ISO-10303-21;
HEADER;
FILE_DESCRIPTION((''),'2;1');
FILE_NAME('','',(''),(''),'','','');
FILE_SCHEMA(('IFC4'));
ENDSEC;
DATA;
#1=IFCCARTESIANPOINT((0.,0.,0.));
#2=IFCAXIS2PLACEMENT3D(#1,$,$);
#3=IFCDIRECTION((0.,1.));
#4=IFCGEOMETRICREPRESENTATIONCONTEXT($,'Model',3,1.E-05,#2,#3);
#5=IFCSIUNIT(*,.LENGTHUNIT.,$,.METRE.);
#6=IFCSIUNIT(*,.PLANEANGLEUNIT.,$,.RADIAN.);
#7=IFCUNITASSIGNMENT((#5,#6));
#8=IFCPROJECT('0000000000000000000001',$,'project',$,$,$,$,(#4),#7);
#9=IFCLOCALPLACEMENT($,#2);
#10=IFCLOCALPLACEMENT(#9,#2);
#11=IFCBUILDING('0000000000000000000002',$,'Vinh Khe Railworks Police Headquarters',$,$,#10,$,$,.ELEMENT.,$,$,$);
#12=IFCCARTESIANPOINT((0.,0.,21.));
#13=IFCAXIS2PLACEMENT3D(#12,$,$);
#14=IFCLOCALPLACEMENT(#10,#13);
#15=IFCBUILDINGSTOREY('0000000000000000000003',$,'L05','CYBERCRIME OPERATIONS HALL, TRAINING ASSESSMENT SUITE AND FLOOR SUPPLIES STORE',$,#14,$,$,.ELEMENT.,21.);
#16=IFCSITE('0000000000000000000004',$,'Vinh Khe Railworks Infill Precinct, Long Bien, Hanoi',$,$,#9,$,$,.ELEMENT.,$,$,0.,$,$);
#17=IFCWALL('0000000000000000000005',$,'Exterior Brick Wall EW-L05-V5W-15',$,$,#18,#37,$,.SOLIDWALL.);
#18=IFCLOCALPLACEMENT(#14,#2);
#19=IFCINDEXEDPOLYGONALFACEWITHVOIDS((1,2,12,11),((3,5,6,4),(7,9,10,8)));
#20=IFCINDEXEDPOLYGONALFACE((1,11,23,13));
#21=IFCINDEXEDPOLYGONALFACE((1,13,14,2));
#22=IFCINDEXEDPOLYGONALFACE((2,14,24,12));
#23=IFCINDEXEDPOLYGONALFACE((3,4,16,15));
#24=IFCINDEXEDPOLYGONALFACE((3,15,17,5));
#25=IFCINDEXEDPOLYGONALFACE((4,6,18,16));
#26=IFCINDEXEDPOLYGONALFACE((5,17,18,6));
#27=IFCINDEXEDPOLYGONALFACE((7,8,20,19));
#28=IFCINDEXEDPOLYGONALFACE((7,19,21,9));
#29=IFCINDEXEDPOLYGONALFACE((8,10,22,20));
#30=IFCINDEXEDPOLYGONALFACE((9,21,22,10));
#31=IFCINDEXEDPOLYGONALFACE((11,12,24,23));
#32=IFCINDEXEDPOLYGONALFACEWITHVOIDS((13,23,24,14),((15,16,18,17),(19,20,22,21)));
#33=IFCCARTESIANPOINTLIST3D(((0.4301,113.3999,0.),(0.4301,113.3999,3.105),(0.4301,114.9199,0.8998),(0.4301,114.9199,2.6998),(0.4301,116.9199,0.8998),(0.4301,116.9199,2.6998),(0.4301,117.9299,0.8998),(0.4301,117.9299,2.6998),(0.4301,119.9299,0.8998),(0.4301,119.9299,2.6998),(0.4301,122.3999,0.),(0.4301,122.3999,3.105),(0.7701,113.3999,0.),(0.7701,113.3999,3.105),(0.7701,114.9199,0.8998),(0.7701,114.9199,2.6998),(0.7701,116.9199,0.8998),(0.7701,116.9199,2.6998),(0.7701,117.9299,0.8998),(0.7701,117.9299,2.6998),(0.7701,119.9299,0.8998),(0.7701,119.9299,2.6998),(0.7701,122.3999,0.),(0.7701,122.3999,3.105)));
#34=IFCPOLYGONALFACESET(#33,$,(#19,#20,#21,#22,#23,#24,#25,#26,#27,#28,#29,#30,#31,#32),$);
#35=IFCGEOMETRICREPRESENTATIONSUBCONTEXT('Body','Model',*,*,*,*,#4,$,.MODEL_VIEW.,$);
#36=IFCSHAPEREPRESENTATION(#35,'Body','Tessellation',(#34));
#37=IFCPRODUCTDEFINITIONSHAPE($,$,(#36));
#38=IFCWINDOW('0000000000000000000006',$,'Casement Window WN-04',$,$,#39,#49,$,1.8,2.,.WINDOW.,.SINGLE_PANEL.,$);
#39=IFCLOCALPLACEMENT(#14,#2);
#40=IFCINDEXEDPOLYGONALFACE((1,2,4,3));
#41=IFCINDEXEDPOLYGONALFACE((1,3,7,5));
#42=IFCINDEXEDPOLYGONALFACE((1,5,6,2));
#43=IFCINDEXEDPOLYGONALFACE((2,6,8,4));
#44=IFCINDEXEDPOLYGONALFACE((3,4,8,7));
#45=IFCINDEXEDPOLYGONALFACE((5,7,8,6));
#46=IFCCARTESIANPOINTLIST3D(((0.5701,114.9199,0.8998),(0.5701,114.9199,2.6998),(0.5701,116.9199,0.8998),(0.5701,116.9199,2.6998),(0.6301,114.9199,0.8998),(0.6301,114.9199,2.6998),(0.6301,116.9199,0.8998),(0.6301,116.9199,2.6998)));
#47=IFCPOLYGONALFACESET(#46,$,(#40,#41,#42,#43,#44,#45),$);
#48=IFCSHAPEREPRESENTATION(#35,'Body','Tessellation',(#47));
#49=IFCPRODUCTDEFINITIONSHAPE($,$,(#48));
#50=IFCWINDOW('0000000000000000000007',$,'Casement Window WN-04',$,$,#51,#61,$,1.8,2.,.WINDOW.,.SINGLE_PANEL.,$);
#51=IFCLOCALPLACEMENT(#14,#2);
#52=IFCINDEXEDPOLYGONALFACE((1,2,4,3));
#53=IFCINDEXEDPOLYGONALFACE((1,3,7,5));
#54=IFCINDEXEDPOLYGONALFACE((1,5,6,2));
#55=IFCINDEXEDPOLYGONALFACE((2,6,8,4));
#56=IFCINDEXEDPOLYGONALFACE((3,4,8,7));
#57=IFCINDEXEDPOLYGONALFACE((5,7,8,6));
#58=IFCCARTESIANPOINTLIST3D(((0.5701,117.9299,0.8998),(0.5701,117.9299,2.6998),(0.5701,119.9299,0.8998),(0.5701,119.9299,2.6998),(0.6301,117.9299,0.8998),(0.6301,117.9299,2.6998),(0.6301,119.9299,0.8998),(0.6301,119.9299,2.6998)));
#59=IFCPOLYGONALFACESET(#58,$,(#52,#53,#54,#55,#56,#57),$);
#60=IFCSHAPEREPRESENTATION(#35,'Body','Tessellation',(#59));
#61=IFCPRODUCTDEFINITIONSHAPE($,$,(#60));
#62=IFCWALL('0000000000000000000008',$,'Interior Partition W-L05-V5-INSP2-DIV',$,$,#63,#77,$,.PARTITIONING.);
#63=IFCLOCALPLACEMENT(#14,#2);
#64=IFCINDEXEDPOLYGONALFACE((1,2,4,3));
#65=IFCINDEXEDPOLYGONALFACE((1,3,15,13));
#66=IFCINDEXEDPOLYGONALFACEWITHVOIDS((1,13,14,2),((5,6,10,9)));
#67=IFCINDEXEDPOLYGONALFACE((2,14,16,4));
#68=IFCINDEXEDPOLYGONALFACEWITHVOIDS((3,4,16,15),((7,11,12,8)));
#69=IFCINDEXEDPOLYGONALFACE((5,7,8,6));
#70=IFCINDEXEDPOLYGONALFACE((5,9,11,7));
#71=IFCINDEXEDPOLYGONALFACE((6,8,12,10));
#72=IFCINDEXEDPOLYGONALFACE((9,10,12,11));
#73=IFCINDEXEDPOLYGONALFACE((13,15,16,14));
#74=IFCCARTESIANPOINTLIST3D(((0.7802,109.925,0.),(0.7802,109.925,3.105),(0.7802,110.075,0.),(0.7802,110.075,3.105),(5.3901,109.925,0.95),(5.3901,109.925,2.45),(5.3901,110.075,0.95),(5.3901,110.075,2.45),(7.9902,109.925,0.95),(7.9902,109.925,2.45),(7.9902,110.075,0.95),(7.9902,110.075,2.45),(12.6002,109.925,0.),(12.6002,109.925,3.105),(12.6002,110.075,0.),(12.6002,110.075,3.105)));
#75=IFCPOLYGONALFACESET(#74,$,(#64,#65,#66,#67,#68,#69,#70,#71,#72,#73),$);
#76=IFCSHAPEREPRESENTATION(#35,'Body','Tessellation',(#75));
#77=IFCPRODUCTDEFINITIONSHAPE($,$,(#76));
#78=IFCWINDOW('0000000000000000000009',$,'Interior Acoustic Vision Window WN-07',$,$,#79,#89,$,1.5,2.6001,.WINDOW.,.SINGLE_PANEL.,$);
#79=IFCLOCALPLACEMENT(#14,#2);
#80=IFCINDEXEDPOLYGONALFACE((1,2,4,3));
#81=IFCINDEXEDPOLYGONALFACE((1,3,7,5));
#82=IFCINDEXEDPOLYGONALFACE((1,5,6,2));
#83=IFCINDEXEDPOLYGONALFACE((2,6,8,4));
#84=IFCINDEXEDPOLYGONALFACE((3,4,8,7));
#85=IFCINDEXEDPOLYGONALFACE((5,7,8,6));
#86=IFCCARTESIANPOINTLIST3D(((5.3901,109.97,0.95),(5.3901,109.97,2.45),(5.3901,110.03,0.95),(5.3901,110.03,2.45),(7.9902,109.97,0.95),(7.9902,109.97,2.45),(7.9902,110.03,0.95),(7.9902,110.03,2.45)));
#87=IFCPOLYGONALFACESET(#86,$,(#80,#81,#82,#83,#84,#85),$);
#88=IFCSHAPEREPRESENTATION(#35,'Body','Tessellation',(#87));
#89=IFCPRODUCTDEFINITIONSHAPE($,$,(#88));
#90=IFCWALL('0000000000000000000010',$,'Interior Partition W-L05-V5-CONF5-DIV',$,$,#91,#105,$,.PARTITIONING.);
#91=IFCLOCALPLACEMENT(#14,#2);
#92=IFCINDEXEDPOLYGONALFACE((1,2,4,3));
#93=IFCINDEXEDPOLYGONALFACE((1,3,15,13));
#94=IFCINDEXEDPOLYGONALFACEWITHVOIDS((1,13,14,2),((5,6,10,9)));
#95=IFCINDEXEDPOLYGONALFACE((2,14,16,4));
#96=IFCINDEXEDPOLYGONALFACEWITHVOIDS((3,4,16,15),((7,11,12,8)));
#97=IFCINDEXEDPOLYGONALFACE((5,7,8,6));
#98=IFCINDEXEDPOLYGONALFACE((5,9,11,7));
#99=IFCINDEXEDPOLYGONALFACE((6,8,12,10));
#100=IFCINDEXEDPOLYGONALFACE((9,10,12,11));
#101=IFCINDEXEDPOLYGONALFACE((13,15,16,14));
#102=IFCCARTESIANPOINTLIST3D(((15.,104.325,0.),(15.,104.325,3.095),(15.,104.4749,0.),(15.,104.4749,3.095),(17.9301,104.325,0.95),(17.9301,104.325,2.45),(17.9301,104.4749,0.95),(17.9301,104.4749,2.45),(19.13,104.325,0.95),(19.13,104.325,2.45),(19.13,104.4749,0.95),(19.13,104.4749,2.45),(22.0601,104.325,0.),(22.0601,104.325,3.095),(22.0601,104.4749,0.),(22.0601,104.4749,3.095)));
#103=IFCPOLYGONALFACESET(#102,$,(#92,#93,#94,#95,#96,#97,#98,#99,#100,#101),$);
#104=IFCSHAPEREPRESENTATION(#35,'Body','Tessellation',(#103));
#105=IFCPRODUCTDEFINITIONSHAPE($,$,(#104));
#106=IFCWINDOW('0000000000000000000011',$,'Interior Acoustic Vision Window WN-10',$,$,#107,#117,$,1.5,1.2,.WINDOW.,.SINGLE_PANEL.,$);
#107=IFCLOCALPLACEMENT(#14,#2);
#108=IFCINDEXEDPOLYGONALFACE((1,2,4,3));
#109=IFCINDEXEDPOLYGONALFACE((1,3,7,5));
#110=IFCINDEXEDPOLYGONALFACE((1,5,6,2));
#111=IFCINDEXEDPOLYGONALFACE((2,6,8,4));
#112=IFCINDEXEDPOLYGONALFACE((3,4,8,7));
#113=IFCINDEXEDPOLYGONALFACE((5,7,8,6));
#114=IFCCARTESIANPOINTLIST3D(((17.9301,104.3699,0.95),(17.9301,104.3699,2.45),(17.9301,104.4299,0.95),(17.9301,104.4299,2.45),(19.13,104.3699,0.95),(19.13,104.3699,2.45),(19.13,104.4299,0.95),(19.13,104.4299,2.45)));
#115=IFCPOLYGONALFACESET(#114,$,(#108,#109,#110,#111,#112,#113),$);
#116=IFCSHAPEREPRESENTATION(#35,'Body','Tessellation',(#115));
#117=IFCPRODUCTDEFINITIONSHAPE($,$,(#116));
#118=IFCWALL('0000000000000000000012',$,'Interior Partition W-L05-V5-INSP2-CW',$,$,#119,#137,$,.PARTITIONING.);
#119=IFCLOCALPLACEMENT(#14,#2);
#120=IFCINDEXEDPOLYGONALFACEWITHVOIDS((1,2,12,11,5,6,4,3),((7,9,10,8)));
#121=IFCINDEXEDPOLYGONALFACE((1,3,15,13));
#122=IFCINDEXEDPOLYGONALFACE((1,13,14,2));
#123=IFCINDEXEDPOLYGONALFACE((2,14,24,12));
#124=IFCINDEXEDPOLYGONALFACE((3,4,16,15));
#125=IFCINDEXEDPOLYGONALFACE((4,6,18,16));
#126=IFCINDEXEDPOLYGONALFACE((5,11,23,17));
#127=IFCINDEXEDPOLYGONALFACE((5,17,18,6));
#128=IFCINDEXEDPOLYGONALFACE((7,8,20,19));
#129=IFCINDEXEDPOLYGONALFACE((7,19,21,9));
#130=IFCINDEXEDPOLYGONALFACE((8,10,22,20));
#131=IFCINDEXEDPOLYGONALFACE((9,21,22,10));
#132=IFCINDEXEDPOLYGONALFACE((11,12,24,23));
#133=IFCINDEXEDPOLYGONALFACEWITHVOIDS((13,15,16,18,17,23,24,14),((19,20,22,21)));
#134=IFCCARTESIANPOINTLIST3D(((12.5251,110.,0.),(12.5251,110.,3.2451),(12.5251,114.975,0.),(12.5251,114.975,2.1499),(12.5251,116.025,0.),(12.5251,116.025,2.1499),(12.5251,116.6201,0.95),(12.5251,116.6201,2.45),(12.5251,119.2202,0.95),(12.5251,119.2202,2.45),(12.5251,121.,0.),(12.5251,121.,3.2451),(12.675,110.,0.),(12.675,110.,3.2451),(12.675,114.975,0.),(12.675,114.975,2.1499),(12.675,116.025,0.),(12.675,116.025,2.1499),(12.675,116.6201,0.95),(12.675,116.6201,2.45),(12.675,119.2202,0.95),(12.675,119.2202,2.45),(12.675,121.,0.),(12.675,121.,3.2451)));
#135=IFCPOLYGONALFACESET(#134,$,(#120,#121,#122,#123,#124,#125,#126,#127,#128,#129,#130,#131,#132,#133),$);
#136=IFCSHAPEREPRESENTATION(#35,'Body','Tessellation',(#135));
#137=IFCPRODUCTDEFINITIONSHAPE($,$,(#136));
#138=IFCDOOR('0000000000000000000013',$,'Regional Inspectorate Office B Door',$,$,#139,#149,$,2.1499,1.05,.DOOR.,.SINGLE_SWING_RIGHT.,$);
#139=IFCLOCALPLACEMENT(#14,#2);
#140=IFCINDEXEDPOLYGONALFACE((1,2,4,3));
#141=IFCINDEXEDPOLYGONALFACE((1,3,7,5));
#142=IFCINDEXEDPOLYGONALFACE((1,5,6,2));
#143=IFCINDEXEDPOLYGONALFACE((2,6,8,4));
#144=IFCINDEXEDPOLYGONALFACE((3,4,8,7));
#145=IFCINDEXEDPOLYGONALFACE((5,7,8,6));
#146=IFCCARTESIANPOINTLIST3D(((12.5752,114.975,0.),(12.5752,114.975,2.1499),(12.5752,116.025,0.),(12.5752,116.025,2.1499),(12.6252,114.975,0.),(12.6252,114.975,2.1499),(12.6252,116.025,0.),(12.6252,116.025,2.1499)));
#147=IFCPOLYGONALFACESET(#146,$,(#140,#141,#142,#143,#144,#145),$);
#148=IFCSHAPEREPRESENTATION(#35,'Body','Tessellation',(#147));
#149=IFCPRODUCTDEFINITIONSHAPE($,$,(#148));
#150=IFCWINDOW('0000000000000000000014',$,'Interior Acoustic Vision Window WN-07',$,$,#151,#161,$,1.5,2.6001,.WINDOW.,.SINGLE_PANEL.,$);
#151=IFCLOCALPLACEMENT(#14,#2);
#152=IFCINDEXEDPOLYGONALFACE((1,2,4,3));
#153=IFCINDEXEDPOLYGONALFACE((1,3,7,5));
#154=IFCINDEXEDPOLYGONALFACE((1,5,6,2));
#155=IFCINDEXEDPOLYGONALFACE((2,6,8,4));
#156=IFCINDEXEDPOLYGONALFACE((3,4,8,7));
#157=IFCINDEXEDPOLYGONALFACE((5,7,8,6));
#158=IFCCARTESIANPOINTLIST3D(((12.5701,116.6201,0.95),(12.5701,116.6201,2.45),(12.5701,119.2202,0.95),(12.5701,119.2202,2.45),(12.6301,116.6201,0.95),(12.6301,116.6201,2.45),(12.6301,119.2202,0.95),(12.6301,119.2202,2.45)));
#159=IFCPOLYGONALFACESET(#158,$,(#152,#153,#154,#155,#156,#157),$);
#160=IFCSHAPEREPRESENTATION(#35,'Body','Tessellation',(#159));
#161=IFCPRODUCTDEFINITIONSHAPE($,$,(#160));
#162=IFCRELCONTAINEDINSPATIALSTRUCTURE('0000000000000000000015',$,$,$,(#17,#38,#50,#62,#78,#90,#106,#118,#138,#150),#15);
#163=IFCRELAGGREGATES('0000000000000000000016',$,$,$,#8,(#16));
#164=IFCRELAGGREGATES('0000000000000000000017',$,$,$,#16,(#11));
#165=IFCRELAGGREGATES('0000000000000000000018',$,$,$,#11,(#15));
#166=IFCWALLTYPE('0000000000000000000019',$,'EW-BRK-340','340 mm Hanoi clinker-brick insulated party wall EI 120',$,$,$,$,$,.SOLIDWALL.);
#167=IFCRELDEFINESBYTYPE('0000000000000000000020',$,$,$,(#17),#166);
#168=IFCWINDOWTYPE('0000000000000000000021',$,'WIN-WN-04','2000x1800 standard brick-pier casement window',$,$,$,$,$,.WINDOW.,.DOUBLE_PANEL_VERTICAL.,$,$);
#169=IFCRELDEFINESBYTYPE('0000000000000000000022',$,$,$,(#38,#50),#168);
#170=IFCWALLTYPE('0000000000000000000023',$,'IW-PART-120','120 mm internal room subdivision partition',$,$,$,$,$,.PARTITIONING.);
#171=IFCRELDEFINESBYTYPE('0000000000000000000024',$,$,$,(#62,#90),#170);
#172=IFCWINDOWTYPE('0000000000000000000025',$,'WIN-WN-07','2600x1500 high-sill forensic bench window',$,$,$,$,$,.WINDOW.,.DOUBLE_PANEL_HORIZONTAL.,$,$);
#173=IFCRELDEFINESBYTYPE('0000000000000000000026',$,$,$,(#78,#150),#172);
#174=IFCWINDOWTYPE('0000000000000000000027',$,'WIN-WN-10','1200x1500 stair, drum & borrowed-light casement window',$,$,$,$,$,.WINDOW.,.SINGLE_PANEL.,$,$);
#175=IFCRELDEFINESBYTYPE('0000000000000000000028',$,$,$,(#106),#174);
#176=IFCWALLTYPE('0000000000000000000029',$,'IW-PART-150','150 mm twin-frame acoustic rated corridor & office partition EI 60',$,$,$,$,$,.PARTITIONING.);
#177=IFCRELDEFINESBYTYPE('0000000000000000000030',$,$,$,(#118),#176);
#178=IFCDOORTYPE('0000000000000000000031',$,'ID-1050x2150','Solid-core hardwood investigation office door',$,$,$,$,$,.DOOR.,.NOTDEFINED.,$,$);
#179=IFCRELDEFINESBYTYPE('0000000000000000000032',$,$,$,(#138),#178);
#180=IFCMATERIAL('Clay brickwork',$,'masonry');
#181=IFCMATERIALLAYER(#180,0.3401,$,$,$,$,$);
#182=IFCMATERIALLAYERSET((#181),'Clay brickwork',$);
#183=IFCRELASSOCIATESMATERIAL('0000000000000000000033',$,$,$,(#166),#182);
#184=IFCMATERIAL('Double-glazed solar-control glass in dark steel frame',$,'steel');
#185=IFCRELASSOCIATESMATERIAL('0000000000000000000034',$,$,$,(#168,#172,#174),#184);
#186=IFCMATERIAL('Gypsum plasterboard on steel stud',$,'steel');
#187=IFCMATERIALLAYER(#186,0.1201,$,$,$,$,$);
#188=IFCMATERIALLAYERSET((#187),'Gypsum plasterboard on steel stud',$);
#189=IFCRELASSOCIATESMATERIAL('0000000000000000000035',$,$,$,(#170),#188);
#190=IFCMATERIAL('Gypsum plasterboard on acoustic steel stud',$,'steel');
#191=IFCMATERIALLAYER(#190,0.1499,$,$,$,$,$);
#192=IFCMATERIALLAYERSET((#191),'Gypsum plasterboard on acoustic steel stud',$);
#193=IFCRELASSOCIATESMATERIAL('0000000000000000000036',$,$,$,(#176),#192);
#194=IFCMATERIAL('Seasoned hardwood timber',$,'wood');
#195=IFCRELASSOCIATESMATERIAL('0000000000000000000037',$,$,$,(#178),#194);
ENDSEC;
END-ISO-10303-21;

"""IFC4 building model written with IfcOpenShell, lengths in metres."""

from ifc_helpers import new_model, si_unit, direction, frame, frame_2d, origin, place, context, subcontext, project, spatial, rectangle, extrude, material, layer, layer_set, type_object, element, fill, save


model = new_model("IFC4")

# Units and contexts
model_context = context("Model", 3, precision=1e-05, world=origin(), true_north=direction((0.0, 1.0)))
body_context = subcontext(model_context, "Body", "Model", "MODEL_VIEW")
ifc_project = project(units=[si_unit("LENGTHUNIT", "METRE"), si_unit("PLANEANGLEUNIT", "RADIAN")], contexts=[model_context])

# Site, building, storey
site_placement = place(None, origin())
site = spatial("IfcSite", under=ifc_project, at=site_placement, Name="Vinh Khe Railworks Infill Precinct, Long Bien, Hanoi", CompositionType="ELEMENT", RefElevation=0.0)
building_placement = place(site_placement, origin())
building = spatial("IfcBuilding", under=site, at=building_placement, Name="Vinh Khe Railworks Police Headquarters", CompositionType="ELEMENT")
storey_placement = place(building_placement, frame((0.0, 0.0, 21.0)))
storey = spatial("IfcBuildingStorey", under=building, at=storey_placement, Name="L05", Description="CYBERCRIME OPERATIONS HALL, TRAINING ASSESSMENT SUITE AND FLOOR SUPPLIES STORE", CompositionType="ELEMENT", Elevation=21.0)

# Wall, openings, windows
ifc_material_1 = material(Name="Clay brickwork", Category="masonry")
ifc_layer_1 = layer(ifc_material_1, 0.3401)
ifc_layer_set_1 = layer_set([ifc_layer_1], Name="Clay brickwork")
wall_type_1 = type_object("IfcWallType", Name="EW-BRK-340", Description="340 mm Hanoi clinker-brick insulated party wall EI 120", PredefinedType="SOLIDWALL", material=ifc_layer_set_1)
wall_1_placement = place(storey_placement, frame((0.6001, 113.3999, 0.0), z_axis=(0.0, 0.0, 1.0), x_axis=(0.0, 1.0, 0.0)))
wall_1 = element("IfcWall", 1, at=wall_1_placement, inside=storey, type_object=wall_type_1, Name="Exterior Brick Wall EW-L05-V5W-15", PredefinedType="SOLIDWALL", context=body_context, shape_type="SweptSolid", body=[
    extrude(rectangle(XDim=9.0, YDim=0.3401, at=frame_2d((4.5, 0.0))), origin(), (0.0, 0.0, 1.0), 3.105),
])
opening_1_placement = place(wall_1_placement, frame((1.52, 0.0, 0.8999)))
opening_1 = element("IfcOpeningElement", 2, at=opening_1_placement, cuts=wall_1, PredefinedType="OPENING", context=body_context, shape_type="SweptSolid", body=[
    extrude(rectangle(XDim=2.0, YDim=1.8, at=frame_2d((1.0, 0.8999))), frame((0.0, 0.1851, 0.0), z_axis=(0.0, -1.0, 0.0), x_axis=(1.0, 0.0, 0.0)), (0.0, 0.0, 1.0), 0.3699),
])
opening_2_placement = place(wall_1_placement, frame((4.53, 0.0, 0.8999)))
opening_2 = element("IfcOpeningElement", 3, at=opening_2_placement, cuts=wall_1, PredefinedType="OPENING", context=body_context, shape_type="SweptSolid", body=[
    extrude(rectangle(XDim=2.0, YDim=1.8, at=frame_2d((1.0, 0.8999))), frame((0.0, 0.1851, 0.0), z_axis=(0.0, -1.0, 0.0), x_axis=(1.0, 0.0, 0.0)), (0.0, 0.0, 1.0), 0.3699),
])
ifc_material_2 = material(Name="Double-glazed solar-control glass in dark steel frame", Category="steel")
window_type_1 = type_object("IfcWindowType", Name="WIN-WN-04", Description="2000x1800 standard brick-pier casement window", PartitioningType="DOUBLE_PANEL_VERTICAL", PredefinedType="WINDOW", material=ifc_material_2)
window_1_placement = place(opening_1_placement, origin())
window_1 = element("IfcWindow", 4, at=window_1_placement, inside=storey, type_object=window_type_1, Name="Casement Window WN-04", OverallHeight=1.8, OverallWidth=2.0, PartitioningType="SINGLE_PANEL", PredefinedType="WINDOW", context=body_context, shape_type="SweptSolid", body=[
    extrude(rectangle(XDim=2.0, YDim=1.8, at=frame_2d((1.0, 0.8999))), frame((0.0, 0.03, 0.0), z_axis=(0.0, -1.0, 0.0), x_axis=(1.0, 0.0, 0.0)), (0.0, 0.0, 1.0), 0.0601),
])
fill(opening_1, window_1)
window_2_placement = place(opening_2_placement, origin())
window_2 = element("IfcWindow", 5, at=window_2_placement, inside=storey, type_object=window_type_1, Name="Casement Window WN-04", OverallHeight=1.8, OverallWidth=2.0, PartitioningType="SINGLE_PANEL", PredefinedType="WINDOW", context=body_context, shape_type="SweptSolid", body=[
    extrude(rectangle(XDim=2.0, YDim=1.8, at=frame_2d((1.0, 0.8999))), frame((0.0, 0.03, 0.0), z_axis=(0.0, -1.0, 0.0), x_axis=(1.0, 0.0, 0.0)), (0.0, 0.0, 1.0), 0.0601),
])
fill(opening_2, window_2)

# Walls, openings, windows
ifc_material_3 = material(Name="Gypsum plasterboard on steel stud", Category="steel")
ifc_layer_2 = layer(ifc_material_3, 0.1201)
ifc_layer_set_2 = layer_set([ifc_layer_2], Name="Gypsum plasterboard on steel stud")
wall_type_2 = type_object("IfcWallType", Name="IW-PART-120", Description="120 mm internal room subdivision partition", PredefinedType="PARTITIONING", material=ifc_layer_set_2)
wall_2_placement = place(storey_placement, frame((0.78, 110.0, 0.0), z_axis=(0.0, 0.0, 1.0), x_axis=(1.0, 0.0, 0.0)))
wall_2 = element("IfcWall", 6, at=wall_2_placement, inside=storey, type_object=wall_type_2, Name="Interior Partition W-L05-V5-INSP2-DIV", PredefinedType="PARTITIONING", context=body_context, shape_type="SweptSolid", body=[
    extrude(rectangle(XDim=11.8201, YDim=0.1499, at=frame_2d((5.9102, 0.0))), origin(), (0.0, 0.0, 1.0), 3.105),
])
opening_3_placement = place(wall_2_placement, frame((4.6101, 0.0, 0.95)))
opening_3 = element("IfcOpeningElement", 7, at=opening_3_placement, cuts=wall_2, PredefinedType="OPENING", context=body_context, shape_type="SweptSolid", body=[
    extrude(rectangle(XDim=2.6001, YDim=1.5, at=frame_2d((1.3, 0.75))), frame((0.0, 0.0898, 0.0), z_axis=(0.0, -1.0, 0.0), x_axis=(1.0, 0.0, 0.0)), (0.0, 0.0, 1.0), 0.1797),
])
window_type_2 = type_object("IfcWindowType", Name="WIN-WN-07", Description="2600x1500 high-sill forensic bench window", PartitioningType="DOUBLE_PANEL_HORIZONTAL", PredefinedType="WINDOW", material=ifc_material_2)
window_3_placement = place(opening_3_placement, origin())
window_3 = element("IfcWindow", 8, at=window_3_placement, inside=storey, type_object=window_type_2, Name="Interior Acoustic Vision Window WN-07", OverallHeight=1.5, OverallWidth=2.6001, PartitioningType="SINGLE_PANEL", PredefinedType="WINDOW", context=body_context, shape_type="SweptSolid", body=[
    extrude(rectangle(XDim=2.6001, YDim=1.5, at=frame_2d((1.3, 0.75))), frame((0.0, 0.03, 0.0), z_axis=(0.0, -1.0, 0.0), x_axis=(1.0, 0.0, 0.0)), (0.0, 0.0, 1.0), 0.0601),
])
fill(opening_3, window_3)
wall_3_placement = place(storey_placement, frame((15.0, 104.3999, 0.0), z_axis=(0.0, 0.0, 1.0), x_axis=(1.0, 0.0, 0.0)))
wall_3 = element("IfcWall", 9, at=wall_3_placement, inside=storey, type_object=wall_type_2, Name="Interior Partition W-L05-V5-CONF5-DIV", PredefinedType="PARTITIONING", context=body_context, shape_type="SweptSolid", body=[
    extrude(rectangle(XDim=7.0601, YDim=0.1499, at=frame_2d((3.53, 0.0))), origin(), (0.0, 0.0, 1.0), 3.095),
])
opening_4_placement = place(wall_3_placement, frame((2.9299, 0.0, 0.95)))
opening_4 = element("IfcOpeningElement", 10, at=opening_4_placement, cuts=wall_3, PredefinedType="OPENING", context=body_context, shape_type="SweptSolid", body=[
    extrude(rectangle(XDim=1.2, YDim=1.5, at=frame_2d((0.6001, 0.75))), frame((0.0, 0.0898, 0.0), z_axis=(0.0, -1.0, 0.0), x_axis=(1.0, 0.0, 0.0)), (0.0, 0.0, 1.0), 0.1797),
])
window_type_3 = type_object("IfcWindowType", Name="WIN-WN-10", Description="1200x1500 stair, drum & borrowed-light casement window", PartitioningType="SINGLE_PANEL", PredefinedType="WINDOW", material=ifc_material_2)
window_4_placement = place(opening_4_placement, origin())
window_4 = element("IfcWindow", 11, at=window_4_placement, inside=storey, type_object=window_type_3, Name="Interior Acoustic Vision Window WN-10", OverallHeight=1.5, OverallWidth=1.2, PartitioningType="SINGLE_PANEL", PredefinedType="WINDOW", context=body_context, shape_type="SweptSolid", body=[
    extrude(rectangle(XDim=1.2, YDim=1.5, at=frame_2d((0.6001, 0.75))), frame((0.0, 0.03, 0.0), z_axis=(0.0, -1.0, 0.0), x_axis=(1.0, 0.0, 0.0)), (0.0, 0.0, 1.0), 0.0601),
])
fill(opening_4, window_4)

# Wall, openings, door, window
ifc_material_4 = material(Name="Gypsum plasterboard on acoustic steel stud", Category="steel")
ifc_layer_3 = layer(ifc_material_4, 0.1499)
ifc_layer_set_3 = layer_set([ifc_layer_3], Name="Gypsum plasterboard on acoustic steel stud")
wall_type_3 = type_object("IfcWallType", Name="IW-PART-150", Description="150 mm twin-frame acoustic rated corridor & office partition EI 60", PredefinedType="PARTITIONING", material=ifc_layer_set_3)
wall_4_placement = place(storey_placement, frame((12.6001, 110.0, 0.0), z_axis=(0.0, 0.0, 1.0), x_axis=(0.0, 1.0, 0.0)))
wall_4 = element("IfcWall", 12, at=wall_4_placement, inside=storey, type_object=wall_type_3, Name="Interior Partition W-L05-V5-INSP2-CW", PredefinedType="PARTITIONING", context=body_context, shape_type="SweptSolid", body=[
    extrude(rectangle(XDim=11.0, YDim=0.1499, at=frame_2d((5.5, 0.0))), origin(), (0.0, 0.0, 1.0), 3.2451),
])
opening_5_placement = place(wall_4_placement, frame((4.9751, 0.0, 0.0)))
opening_5 = element("IfcOpeningElement", 13, at=opening_5_placement, cuts=wall_4, PredefinedType="OPENING", context=body_context, shape_type="SweptSolid", body=[
    extrude(rectangle(XDim=1.05, YDim=2.1499, at=frame_2d((0.5249, 1.075))), frame((0.0, 0.0898, 0.0), z_axis=(0.0, -1.0, 0.0), x_axis=(1.0, 0.0, 0.0)), (0.0, 0.0, 1.0), 0.1797),
])
opening_6_placement = place(wall_4_placement, frame((6.6201, 0.0, 0.95)))
opening_6 = element("IfcOpeningElement", 14, at=opening_6_placement, cuts=wall_4, PredefinedType="OPENING", context=body_context, shape_type="SweptSolid", body=[
    extrude(rectangle(XDim=2.6001, YDim=1.5, at=frame_2d((1.3, 0.75))), frame((0.0, 0.0898, 0.0), z_axis=(0.0, -1.0, 0.0), x_axis=(1.0, 0.0, 0.0)), (0.0, 0.0, 1.0), 0.1797),
])
ifc_material_5 = material(Name="Seasoned hardwood timber", Category="wood")
door_type_1 = type_object("IfcDoorType", Name="ID-1050x2150", Description="Solid-core hardwood investigation office door", OperationType="NOTDEFINED", PredefinedType="DOOR", material=ifc_material_5)
door_1_placement = place(opening_5_placement, origin())
door_1 = element("IfcDoor", 15, at=door_1_placement, inside=storey, type_object=door_type_1, Name="Regional Inspectorate Office B Door", OperationType="SINGLE_SWING_RIGHT", OverallHeight=2.1499, OverallWidth=1.05, PredefinedType="DOOR", context=body_context, shape_type="SweptSolid", body=[
    extrude(rectangle(XDim=1.05, YDim=2.1499, at=frame_2d((0.5249, 1.075))), frame((0.0, 0.0249, 0.0), z_axis=(0.0, -1.0, 0.0), x_axis=(1.0, 0.0, 0.0)), (0.0, 0.0, 1.0), 0.05),
])
fill(opening_5, door_1)
window_5_placement = place(opening_6_placement, origin())
window_5 = element("IfcWindow", 16, at=window_5_placement, inside=storey, type_object=window_type_2, Name="Interior Acoustic Vision Window WN-07", OverallHeight=1.5, OverallWidth=2.6001, PartitioningType="SINGLE_PANEL", PredefinedType="WINDOW", context=body_context, shape_type="SweptSolid", body=[
    extrude(rectangle(XDim=2.6001, YDim=1.5, at=frame_2d((1.3, 0.75))), frame((0.0, 0.03, 0.0), z_axis=(0.0, -1.0, 0.0), x_axis=(1.0, 0.0, 0.0)), (0.0, 0.0, 1.0), 0.0601),
])
fill(opening_6, window_5)

save(model, "model.ifc")
